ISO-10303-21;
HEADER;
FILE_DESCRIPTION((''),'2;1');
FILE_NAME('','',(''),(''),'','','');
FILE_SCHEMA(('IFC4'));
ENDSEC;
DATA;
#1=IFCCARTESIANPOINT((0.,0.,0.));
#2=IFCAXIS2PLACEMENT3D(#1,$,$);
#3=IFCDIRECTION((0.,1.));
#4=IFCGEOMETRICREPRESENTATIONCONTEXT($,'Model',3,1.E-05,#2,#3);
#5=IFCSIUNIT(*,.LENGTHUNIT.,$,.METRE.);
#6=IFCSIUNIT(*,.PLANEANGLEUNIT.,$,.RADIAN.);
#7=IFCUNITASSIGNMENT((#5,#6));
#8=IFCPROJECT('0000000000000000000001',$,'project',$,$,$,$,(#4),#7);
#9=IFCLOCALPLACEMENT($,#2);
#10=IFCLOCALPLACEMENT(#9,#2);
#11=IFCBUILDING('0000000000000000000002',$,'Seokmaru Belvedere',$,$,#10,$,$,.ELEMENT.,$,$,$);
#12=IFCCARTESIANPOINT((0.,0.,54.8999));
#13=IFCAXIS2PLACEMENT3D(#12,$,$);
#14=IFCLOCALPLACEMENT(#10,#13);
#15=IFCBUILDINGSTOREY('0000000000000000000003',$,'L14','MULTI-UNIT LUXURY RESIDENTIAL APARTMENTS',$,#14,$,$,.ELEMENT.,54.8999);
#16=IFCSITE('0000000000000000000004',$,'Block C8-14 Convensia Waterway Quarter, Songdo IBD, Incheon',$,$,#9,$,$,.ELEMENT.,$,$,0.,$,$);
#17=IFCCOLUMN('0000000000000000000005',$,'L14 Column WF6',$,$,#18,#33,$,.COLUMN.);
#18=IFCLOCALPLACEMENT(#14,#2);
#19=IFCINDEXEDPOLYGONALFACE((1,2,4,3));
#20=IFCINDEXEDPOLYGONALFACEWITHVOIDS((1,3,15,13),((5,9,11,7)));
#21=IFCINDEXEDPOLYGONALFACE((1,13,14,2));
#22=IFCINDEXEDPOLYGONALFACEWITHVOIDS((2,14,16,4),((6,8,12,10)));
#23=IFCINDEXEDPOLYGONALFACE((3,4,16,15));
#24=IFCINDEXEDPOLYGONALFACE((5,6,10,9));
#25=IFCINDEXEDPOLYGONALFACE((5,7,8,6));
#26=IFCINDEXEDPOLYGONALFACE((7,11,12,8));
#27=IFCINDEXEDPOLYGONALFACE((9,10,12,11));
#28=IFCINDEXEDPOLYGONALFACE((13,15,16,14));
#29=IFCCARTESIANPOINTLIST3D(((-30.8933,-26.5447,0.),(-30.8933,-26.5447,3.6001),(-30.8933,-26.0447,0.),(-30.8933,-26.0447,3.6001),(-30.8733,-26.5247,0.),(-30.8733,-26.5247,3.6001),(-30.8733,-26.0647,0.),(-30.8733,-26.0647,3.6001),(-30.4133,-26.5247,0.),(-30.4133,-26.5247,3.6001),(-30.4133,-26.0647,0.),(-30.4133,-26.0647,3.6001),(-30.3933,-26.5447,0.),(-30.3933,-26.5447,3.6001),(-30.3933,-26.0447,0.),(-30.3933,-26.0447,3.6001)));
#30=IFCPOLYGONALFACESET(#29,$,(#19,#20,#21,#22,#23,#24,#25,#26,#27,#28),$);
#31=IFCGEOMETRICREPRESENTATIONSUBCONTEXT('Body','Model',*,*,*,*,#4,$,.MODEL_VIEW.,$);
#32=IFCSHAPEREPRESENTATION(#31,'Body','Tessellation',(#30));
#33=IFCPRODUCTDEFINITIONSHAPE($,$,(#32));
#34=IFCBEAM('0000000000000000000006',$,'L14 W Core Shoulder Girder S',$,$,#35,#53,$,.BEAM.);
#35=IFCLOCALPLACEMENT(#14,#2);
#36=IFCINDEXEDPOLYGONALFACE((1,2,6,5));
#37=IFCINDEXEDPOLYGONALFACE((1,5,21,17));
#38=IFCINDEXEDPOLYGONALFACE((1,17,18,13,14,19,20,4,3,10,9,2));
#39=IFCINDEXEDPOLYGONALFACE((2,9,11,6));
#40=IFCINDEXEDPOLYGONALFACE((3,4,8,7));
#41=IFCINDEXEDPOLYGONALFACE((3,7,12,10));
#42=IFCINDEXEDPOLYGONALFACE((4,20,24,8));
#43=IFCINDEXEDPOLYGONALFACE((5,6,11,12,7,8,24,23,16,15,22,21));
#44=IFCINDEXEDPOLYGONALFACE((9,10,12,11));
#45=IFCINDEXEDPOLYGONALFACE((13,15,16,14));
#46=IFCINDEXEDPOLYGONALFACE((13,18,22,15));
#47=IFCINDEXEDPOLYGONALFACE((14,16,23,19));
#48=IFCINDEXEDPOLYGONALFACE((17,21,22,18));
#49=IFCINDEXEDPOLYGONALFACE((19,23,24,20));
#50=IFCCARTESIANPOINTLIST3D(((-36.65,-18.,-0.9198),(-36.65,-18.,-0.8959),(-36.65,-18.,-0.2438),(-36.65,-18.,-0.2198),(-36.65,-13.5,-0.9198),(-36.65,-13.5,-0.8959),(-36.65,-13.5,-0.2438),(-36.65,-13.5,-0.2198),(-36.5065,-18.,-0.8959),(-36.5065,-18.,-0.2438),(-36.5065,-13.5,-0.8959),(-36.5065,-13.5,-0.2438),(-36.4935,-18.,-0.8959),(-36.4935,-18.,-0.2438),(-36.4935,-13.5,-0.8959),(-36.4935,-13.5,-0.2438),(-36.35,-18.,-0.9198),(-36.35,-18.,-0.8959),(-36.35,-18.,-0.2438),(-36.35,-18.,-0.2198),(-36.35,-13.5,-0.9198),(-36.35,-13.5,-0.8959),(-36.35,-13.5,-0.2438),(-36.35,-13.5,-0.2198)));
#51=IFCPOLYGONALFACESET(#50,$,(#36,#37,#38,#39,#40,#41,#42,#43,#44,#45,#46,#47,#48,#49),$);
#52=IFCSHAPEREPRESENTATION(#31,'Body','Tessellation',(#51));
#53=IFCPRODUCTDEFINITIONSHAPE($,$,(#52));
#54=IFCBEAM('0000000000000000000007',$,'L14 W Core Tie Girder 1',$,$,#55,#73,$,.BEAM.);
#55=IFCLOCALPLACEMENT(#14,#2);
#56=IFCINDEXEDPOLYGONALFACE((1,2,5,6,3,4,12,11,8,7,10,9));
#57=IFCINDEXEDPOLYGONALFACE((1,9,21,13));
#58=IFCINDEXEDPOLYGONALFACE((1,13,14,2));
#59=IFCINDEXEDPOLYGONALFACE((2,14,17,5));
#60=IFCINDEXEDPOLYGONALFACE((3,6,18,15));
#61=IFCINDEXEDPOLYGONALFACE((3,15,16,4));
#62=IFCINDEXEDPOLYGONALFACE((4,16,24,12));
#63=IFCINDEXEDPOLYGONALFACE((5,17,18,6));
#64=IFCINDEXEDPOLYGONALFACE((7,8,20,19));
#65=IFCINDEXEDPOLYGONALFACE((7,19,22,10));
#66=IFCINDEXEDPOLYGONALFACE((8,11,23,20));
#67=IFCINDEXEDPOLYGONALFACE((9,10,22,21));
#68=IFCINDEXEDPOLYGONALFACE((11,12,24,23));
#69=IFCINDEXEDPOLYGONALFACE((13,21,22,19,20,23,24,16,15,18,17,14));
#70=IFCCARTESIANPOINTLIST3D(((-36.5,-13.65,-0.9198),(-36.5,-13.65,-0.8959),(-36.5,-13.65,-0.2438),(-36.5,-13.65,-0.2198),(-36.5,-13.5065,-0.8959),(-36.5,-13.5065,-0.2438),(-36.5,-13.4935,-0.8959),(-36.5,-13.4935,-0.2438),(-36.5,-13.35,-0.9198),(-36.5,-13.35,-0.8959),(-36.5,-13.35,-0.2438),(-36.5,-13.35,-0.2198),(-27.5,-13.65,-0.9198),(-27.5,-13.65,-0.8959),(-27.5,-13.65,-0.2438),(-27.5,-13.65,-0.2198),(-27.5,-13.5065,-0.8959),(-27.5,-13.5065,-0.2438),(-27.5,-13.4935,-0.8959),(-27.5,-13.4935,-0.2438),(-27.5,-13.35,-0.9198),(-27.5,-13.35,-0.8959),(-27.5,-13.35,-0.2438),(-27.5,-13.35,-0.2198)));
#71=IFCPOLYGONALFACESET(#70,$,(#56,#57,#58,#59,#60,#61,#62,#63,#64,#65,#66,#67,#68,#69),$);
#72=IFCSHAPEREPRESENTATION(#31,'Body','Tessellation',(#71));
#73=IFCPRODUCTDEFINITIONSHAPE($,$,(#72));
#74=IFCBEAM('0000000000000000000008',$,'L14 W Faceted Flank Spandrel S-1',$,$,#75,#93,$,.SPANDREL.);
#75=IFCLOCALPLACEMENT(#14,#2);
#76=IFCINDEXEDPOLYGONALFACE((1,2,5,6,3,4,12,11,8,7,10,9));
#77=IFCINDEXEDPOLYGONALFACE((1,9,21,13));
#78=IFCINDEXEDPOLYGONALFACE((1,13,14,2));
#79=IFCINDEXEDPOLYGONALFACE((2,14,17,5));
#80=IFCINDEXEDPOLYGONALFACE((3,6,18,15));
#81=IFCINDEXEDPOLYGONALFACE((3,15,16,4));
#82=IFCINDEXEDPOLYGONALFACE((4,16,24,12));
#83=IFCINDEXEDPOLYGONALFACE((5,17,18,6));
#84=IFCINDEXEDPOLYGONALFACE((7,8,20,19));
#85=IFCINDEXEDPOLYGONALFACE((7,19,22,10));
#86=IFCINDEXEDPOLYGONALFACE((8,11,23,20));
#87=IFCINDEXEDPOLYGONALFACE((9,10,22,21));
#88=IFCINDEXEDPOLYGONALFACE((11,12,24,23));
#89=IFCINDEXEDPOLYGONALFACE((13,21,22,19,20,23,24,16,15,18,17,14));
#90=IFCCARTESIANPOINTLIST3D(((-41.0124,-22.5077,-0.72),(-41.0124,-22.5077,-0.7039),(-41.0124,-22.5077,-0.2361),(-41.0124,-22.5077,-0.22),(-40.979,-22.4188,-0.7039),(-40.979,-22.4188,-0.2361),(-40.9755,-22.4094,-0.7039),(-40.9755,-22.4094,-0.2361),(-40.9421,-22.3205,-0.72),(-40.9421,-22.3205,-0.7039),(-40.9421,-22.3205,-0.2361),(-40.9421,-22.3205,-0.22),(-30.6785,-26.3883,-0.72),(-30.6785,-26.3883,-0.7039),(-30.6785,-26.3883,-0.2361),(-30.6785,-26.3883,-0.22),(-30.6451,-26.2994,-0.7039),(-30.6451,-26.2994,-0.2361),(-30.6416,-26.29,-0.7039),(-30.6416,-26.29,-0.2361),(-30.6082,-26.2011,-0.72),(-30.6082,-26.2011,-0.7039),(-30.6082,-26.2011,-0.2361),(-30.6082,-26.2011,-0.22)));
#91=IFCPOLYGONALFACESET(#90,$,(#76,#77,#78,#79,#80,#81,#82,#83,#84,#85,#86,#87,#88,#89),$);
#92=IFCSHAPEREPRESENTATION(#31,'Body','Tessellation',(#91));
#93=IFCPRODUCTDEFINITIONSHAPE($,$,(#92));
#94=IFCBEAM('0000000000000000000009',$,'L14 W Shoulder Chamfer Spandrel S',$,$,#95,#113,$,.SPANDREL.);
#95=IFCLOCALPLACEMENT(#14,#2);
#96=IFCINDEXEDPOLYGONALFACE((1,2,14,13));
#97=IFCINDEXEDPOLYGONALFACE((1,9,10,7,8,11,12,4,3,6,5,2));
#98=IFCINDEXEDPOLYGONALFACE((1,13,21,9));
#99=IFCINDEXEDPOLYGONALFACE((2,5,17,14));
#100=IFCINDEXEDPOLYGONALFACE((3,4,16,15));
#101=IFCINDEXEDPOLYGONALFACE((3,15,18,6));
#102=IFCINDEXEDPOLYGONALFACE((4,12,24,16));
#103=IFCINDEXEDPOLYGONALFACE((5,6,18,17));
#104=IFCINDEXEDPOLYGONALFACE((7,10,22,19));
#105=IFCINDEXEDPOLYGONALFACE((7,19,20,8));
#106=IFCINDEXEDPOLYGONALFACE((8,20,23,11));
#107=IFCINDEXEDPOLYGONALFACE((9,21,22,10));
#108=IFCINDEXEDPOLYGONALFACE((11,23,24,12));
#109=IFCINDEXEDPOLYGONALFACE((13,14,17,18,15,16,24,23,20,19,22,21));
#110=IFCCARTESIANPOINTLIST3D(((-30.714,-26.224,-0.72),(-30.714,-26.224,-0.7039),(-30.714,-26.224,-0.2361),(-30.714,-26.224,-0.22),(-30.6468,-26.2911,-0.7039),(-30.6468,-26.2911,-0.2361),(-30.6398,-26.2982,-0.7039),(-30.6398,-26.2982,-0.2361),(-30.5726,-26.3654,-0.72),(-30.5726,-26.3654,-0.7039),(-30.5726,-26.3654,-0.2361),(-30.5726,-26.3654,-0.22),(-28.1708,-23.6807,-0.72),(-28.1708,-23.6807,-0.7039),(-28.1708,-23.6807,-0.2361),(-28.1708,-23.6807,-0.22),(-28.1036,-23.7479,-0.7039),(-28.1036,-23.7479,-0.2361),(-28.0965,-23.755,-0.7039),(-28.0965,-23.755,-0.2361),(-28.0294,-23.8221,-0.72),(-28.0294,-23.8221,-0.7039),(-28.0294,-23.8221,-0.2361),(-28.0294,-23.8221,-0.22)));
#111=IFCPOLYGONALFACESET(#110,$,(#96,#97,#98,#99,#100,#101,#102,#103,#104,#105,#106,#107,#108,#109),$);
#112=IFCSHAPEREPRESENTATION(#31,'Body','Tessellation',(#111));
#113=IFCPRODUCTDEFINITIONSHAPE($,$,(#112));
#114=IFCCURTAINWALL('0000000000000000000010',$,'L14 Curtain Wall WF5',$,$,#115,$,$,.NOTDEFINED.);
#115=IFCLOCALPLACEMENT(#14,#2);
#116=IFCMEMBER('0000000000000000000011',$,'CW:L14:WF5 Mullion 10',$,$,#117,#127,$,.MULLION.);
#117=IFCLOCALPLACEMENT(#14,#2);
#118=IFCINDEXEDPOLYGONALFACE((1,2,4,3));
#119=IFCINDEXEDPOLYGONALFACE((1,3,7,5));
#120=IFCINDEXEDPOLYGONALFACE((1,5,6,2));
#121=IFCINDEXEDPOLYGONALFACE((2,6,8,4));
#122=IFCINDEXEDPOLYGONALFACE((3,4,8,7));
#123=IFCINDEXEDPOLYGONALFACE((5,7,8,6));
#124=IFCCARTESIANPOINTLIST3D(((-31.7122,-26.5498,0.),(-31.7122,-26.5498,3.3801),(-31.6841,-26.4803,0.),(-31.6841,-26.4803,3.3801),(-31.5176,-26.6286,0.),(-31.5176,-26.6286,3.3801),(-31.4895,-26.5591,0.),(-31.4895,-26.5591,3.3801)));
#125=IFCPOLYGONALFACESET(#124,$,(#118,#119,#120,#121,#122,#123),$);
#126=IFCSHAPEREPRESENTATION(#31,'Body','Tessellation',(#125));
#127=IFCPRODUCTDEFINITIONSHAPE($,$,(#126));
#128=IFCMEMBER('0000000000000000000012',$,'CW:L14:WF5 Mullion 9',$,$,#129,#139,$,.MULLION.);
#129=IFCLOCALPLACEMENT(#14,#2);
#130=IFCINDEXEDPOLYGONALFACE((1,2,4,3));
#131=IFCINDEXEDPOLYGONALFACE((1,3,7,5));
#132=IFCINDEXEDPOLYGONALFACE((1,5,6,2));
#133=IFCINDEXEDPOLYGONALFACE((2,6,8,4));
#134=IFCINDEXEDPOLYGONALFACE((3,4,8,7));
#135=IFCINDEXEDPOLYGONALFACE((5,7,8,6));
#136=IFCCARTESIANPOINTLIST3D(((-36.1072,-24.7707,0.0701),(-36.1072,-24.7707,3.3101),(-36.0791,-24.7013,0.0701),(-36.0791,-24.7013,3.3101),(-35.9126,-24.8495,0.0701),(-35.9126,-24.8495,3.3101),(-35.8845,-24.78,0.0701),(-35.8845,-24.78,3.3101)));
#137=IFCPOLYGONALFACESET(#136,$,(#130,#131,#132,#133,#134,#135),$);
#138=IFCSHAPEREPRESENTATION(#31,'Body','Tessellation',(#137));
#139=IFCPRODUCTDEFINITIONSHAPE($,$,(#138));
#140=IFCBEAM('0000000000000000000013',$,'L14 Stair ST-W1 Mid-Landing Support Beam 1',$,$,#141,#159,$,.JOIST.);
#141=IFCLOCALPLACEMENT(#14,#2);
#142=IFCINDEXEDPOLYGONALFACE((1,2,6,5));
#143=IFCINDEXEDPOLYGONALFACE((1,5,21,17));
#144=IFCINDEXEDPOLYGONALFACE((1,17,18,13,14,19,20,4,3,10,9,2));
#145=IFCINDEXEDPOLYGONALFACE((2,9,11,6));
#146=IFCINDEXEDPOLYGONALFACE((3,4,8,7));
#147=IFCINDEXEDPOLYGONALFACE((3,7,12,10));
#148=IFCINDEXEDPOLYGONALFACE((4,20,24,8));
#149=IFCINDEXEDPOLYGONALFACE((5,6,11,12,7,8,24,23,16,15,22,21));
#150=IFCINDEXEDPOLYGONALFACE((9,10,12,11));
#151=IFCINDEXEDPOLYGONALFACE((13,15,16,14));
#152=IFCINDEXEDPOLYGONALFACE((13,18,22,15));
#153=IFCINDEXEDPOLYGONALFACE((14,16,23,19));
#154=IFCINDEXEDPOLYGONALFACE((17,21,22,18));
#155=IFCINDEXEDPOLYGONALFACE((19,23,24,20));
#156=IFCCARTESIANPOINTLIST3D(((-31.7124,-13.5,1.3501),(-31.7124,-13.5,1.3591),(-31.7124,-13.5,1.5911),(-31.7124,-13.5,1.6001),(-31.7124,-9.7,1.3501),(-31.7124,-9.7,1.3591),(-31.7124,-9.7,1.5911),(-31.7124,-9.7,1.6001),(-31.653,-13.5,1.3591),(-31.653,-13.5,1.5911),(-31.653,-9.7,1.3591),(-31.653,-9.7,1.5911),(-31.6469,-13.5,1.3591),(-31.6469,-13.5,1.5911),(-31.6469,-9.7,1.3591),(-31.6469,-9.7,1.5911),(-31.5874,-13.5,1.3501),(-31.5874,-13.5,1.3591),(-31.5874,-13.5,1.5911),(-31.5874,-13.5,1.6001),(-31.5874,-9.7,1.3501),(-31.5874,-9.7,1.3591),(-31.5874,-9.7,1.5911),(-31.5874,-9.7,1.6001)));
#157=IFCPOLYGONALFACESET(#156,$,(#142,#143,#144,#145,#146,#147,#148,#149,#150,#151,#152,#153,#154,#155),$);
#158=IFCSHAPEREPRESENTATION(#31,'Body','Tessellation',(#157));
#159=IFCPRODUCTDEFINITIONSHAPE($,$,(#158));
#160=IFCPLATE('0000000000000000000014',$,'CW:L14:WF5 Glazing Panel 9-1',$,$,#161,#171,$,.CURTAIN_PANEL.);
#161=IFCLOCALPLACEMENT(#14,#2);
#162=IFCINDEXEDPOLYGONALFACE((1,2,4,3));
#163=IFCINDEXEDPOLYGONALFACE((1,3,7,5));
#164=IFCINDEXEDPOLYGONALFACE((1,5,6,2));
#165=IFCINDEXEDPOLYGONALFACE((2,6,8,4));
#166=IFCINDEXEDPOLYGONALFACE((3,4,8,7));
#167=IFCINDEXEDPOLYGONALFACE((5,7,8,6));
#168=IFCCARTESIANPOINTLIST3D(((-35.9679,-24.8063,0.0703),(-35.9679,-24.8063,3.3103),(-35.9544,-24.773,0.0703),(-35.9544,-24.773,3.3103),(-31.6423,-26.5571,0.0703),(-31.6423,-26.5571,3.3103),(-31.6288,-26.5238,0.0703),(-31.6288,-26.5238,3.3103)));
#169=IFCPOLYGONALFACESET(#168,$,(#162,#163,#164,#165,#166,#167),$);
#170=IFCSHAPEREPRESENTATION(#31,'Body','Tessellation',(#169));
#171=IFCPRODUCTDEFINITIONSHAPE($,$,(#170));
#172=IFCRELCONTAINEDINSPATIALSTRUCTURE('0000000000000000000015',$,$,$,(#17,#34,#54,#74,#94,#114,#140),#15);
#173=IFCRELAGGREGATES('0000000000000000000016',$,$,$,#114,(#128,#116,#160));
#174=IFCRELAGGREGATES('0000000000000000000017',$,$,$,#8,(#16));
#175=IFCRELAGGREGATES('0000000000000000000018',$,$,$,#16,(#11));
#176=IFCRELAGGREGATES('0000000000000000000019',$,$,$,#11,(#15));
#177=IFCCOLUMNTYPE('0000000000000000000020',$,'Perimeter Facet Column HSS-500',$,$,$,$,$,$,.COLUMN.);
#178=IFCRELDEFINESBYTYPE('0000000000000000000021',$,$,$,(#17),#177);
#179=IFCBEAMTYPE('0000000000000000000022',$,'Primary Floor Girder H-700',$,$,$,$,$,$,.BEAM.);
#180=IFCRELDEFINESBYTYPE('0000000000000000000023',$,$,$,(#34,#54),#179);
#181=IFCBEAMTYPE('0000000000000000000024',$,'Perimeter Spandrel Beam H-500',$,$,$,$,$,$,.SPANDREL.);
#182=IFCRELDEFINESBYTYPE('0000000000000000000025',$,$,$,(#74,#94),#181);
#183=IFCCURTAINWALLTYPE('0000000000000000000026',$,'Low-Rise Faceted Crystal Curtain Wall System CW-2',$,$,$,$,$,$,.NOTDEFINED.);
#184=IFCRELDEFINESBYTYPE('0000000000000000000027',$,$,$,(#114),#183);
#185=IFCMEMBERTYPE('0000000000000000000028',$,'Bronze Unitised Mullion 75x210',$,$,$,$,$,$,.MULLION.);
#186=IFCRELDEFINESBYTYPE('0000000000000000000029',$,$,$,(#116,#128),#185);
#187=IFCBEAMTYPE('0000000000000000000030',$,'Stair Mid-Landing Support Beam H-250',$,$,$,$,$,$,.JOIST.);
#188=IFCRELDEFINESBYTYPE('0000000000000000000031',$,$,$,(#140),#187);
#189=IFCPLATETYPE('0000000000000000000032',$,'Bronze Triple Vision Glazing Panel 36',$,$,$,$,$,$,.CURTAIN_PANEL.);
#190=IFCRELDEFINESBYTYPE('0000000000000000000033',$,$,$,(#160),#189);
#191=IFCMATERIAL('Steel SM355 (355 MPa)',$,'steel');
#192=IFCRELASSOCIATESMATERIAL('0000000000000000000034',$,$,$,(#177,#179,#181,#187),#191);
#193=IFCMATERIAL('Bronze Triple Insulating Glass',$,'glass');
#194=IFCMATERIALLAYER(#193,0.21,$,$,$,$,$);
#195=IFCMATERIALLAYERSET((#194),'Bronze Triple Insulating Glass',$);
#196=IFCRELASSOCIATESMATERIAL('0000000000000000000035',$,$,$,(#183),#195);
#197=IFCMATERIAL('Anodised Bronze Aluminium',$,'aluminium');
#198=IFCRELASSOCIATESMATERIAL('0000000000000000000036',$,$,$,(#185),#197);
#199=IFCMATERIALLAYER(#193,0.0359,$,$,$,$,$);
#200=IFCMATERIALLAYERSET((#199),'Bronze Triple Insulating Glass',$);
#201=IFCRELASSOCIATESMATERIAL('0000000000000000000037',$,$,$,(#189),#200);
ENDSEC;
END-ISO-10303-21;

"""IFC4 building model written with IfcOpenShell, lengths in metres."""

from ifc_helpers import new_model, si_unit, direction, frame, origin, origin_2d, place, context, subcontext, project, spatial, rectangle, hollow_rectangle, i_section, extrude, source, transform, mapped, material, layer, layer_set, material_profile, profile_set, type_object, type_shapes, element, aggregate, save


model = new_model("IFC4")

# Units and contexts
model_context = context("Model", 3, precision=1e-05, world=origin(), true_north=direction((0.0, 1.0)))
body_context = subcontext(model_context, "Body", "Model", "MODEL_VIEW")
ifc_project = project(units=[si_unit("LENGTHUNIT", "METRE"), si_unit("PLANEANGLEUNIT", "RADIAN")], contexts=[model_context])

# Site, building, storey
site_placement = place(None, origin())
site = spatial("IfcSite", under=ifc_project, at=site_placement, Name="Block C8-14 Convensia Waterway Quarter, Songdo IBD, Incheon", CompositionType="ELEMENT", RefElevation=0.0)
building_placement = place(site_placement, origin())
building = spatial("IfcBuilding", under=site, at=building_placement, Name="Seokmaru Belvedere", CompositionType="ELEMENT")
storey_placement = place(building_placement, frame((0.0, 0.0, 54.8999)))
storey = spatial("IfcBuildingStorey", under=building, at=storey_placement, Name="L14", Description="MULTI-UNIT LUXURY RESIDENTIAL APARTMENTS", CompositionType="ELEMENT", Elevation=54.8999)

# Column
ifc_material_1 = material(Name="Steel SM355 (355 MPa)", Category="steel")
ifc_material_profile_1 = material_profile(ifc_material_1, hollow_rectangle(XDim=0.5, YDim=0.5, WallThickness=0.02, at=origin_2d()), Name="HSS-500x500x20")
ifc_profile_set_1 = profile_set([ifc_material_profile_1], Name="Steel SM355 (355 MPa)")
column_type = type_object("IfcColumnType", Name="Perimeter Facet Column HSS-500", PredefinedType="COLUMN", material=ifc_profile_set_1)
shared_shape_1 = source(origin(), body_context, "Body", "SweptSolid", [
    extrude(hollow_rectangle(XDim=0.5, YDim=0.5, WallThickness=0.02, at=origin_2d()), origin(), (0.0, 0.0, 1.0), 3.6001),
])
type_shapes(column_type, [shared_shape_1])
column_placement = place(storey_placement, frame((-30.6433, -26.2947, 0.0), z_axis=(0.0, 0.0, 1.0), x_axis=(1.0, 0.0, 0.0)))
element("IfcColumn", 1, at=column_placement, inside=storey, type_object=column_type, Name="L14 Column WF6", PredefinedType="COLUMN", context=body_context, shape_type="MappedRepresentation", body=[
    mapped(shared_shape_1, transform((0.0, 0.0, 0.0), scale=1.0)),
])

# Beams
ifc_material_profile_2 = material_profile(ifc_material_1, i_section(OverallWidth=0.3, OverallDepth=0.7, WebThickness=0.0129, FlangeThickness=0.0239, at=origin_2d()), Name="H-700x300x13x24")
ifc_profile_set_2 = profile_set([ifc_material_profile_2], Name="Steel SM355 (355 MPa)")
beam_type_1 = type_object("IfcBeamType", Name="Primary Floor Girder H-700", PredefinedType="BEAM", material=ifc_profile_set_2)
shared_shape_2 = source(origin(), body_context, "Body", "SweptSolid", [
    extrude(i_section(OverallWidth=0.3, OverallDepth=0.7, WebThickness=0.0129, FlangeThickness=0.0239, at=origin_2d()), origin(), (0.0, 0.0, 1.0), 4.5),
])
beam_1_placement = place(storey_placement, frame((-36.5, -18.0, -0.5698), z_axis=(0.0, 1.0, 0.0), x_axis=(-1.0, 0.0, 0.0)))
element("IfcBeam", 2, at=beam_1_placement, inside=storey, type_object=beam_type_1, Name="L14 W Core Shoulder Girder S", PredefinedType="BEAM", context=body_context, shape_type="MappedRepresentation", body=[
    mapped(shared_shape_2, transform((0.0, 0.0, 0.0), scale=1.0)),
])
shared_shape_3 = source(origin(), body_context, "Body", "SweptSolid", [
    extrude(i_section(OverallWidth=0.3, OverallDepth=0.7, WebThickness=0.0129, FlangeThickness=0.0239, at=origin_2d()), origin(), (0.0, 0.0, 1.0), 9.0),
])
type_shapes(beam_type_1, [shared_shape_2, shared_shape_3])
beam_2_placement = place(storey_placement, frame((-36.5, -13.5, -0.5698), z_axis=(1.0, 0.0, 0.0), x_axis=(0.0, 1.0, 0.0)))
element("IfcBeam", 3, at=beam_2_placement, inside=storey, type_object=beam_type_1, Name="L14 W Core Tie Girder 1", PredefinedType="BEAM", context=body_context, shape_type="MappedRepresentation", body=[
    mapped(shared_shape_3, transform((0.0, 0.0, 0.0), scale=1.0)),
])
ifc_material_profile_3 = material_profile(ifc_material_1, i_section(OverallWidth=0.2, OverallDepth=0.5, WebThickness=0.01, FlangeThickness=0.0161, at=origin_2d()), Name="H-500x200x10x16")
ifc_profile_set_3 = profile_set([ifc_material_profile_3], Name="Steel SM355 (355 MPa)")
beam_type_2 = type_object("IfcBeamType", Name="Perimeter Spandrel Beam H-500", PredefinedType="SPANDREL", material=ifc_profile_set_3)
shared_shape_4 = source(origin(), body_context, "Body", "SweptSolid", [
    extrude(i_section(OverallWidth=0.2, OverallDepth=0.5, WebThickness=0.01, FlangeThickness=0.0161, at=origin_2d()), origin(), (0.0, 0.0, 1.0), 11.0386),
])
beam_3_placement = place(storey_placement, frame((-30.6433, -26.2947, -0.47), z_axis=(-0.936169, 0.35155, 0.0), x_axis=(-0.35155, -0.936169, 0.0)))
element("IfcBeam", 4, at=beam_3_placement, inside=storey, type_object=beam_type_2, Name="L14 W Faceted Flank Spandrel S-1", PredefinedType="SPANDREL", context=body_context, shape_type="MappedRepresentation", body=[
    mapped(shared_shape_4, transform((0.0, 0.0, 0.0), scale=1.0)),
])
shared_shape_5 = source(origin(), body_context, "Body", "SweptSolid", [
    extrude(i_section(OverallWidth=0.2, OverallDepth=0.5, WebThickness=0.01, FlangeThickness=0.0161, at=origin_2d()), origin(), (0.0, 0.0, 1.0), 3.5967),
])
type_shapes(beam_type_2, [shared_shape_4, shared_shape_5])
beam_4_placement = place(storey_placement, frame((-30.6433, -26.2947, -0.47), z_axis=(0.707107, 0.707107, 0.0), x_axis=(-0.707107, 0.707107, 0.0)))
element("IfcBeam", 5, at=beam_4_placement, inside=storey, type_object=beam_type_2, Name="L14 W Shoulder Chamfer Spandrel S", PredefinedType="SPANDREL", context=body_context, shape_type="MappedRepresentation", body=[
    mapped(shared_shape_5, transform((0.0, 0.0, 0.0), scale=1.0)),
])

# Curtain wall, members
ifc_material_2 = material(Name="Bronze Triple Insulating Glass", Category="glass")
ifc_layer_1 = layer(ifc_material_2, 0.21)
ifc_layer_set_1 = layer_set([ifc_layer_1], Name="Bronze Triple Insulating Glass")
curtain_wall_type = type_object("IfcCurtainWallType", Name="Low-Rise Faceted Crystal Curtain Wall System CW-2", PredefinedType="NOTDEFINED", material=ifc_layer_set_1)
curtain_wall_placement = place(storey_placement, origin())
curtain_wall = element("IfcCurtainWall", 6, at=curtain_wall_placement, inside=storey, type_object=curtain_wall_type, Name="L14 Curtain Wall WF5", PredefinedType="NOTDEFINED")
ifc_material_3 = material(Name="Anodised Bronze Aluminium", Category="aluminium")
ifc_material_profile_4 = material_profile(ifc_material_3, rectangle(XDim=0.075, YDim=0.21, at=origin_2d()), Name="CW-M-75x210")
ifc_profile_set_4 = profile_set([ifc_material_profile_4], Name="Anodised Bronze Aluminium")
member_type = type_object("IfcMemberType", Name="Bronze Unitised Mullion 75x210", PredefinedType="MULLION", material=ifc_profile_set_4)
shared_shape_6 = source(origin(), body_context, "Body", "SweptSolid", [
    extrude(rectangle(XDim=0.075, YDim=0.21, at=origin_2d()), origin(), (0.0, 0.0, 1.0), 3.3801),
])
member_1_placement = place(storey_placement, frame((-31.6008, -26.5544, 0.0), z_axis=(0.0, 0.0, 1.0), x_axis=(0.375192, 0.926947, 0.0)))
member_1 = element("IfcMember", 7, at=member_1_placement, type_object=member_type, Name="CW:L14:WF5 Mullion 10", PredefinedType="MULLION", context=body_context, shape_type="MappedRepresentation", body=[
    mapped(shared_shape_6, transform((0.0, 0.0, 0.0), scale=1.0)),
])
shared_shape_7 = source(origin(), body_context, "Body", "SweptSolid", [
    extrude(rectangle(XDim=0.075, YDim=0.21, at=origin_2d()), origin(), (0.0, 0.0, 1.0), 3.24),
])
type_shapes(member_type, [shared_shape_6, shared_shape_7])
member_2_placement = place(storey_placement, frame((-35.9958, -24.7754, 0.0701), z_axis=(0.0, 0.0, 1.0), x_axis=(0.375192, 0.926947, 0.0)))
member_2 = element("IfcMember", 8, at=member_2_placement, type_object=member_type, Name="CW:L14:WF5 Mullion 9", PredefinedType="MULLION", context=body_context, shape_type="MappedRepresentation", body=[
    mapped(shared_shape_7, transform((0.0, 0.0, 0.0), scale=1.0)),
])

# Beam
ifc_material_profile_5 = material_profile(ifc_material_1, i_section(OverallWidth=0.125, OverallDepth=0.25, WebThickness=0.0061, FlangeThickness=0.009, at=origin_2d()), Name="H-250x125x6x9")
ifc_profile_set_5 = profile_set([ifc_material_profile_5], Name="Steel SM355 (355 MPa)")
beam_type_3 = type_object("IfcBeamType", Name="Stair Mid-Landing Support Beam H-250", PredefinedType="JOIST", material=ifc_profile_set_5)
shared_shape_8 = source(origin(), body_context, "Body", "SweptSolid", [
    extrude(i_section(OverallWidth=0.125, OverallDepth=0.25, WebThickness=0.0061, FlangeThickness=0.009, at=origin_2d()), origin(), (0.0, 0.0, 1.0), 3.8),
])
type_shapes(beam_type_3, [shared_shape_8])
beam_5_placement = place(storey_placement, frame((-31.6499, -13.5, 1.4751), z_axis=(0.0, 1.0, 0.0), x_axis=(-1.0, 0.0, 0.0)))
element("IfcBeam", 9, at=beam_5_placement, inside=storey, type_object=beam_type_3, Name="L14 Stair ST-W1 Mid-Landing Support Beam 1", PredefinedType="JOIST", context=body_context, shape_type="MappedRepresentation", body=[
    mapped(shared_shape_8, transform((0.0, 0.0, 0.0), scale=1.0)),
])

# Plate
ifc_layer_2 = layer(ifc_material_2, 0.0359)
ifc_layer_set_2 = layer_set([ifc_layer_2], Name="Bronze Triple Insulating Glass")
plate_type = type_object("IfcPlateType", Name="Bronze Triple Vision Glazing Panel 36", PredefinedType="CURTAIN_PANEL", material=ifc_layer_set_2)
shared_shape_9 = source(origin(), body_context, "Body", "SweptSolid", [
    extrude(rectangle(XDim=4.6665, YDim=0.0359, at=origin_2d()), origin(), (0.0, 0.0, 1.0), 3.24),
])
type_shapes(plate_type, [shared_shape_9])
plate_placement = place(storey_placement, frame((-33.7983, -25.665, 0.0703), z_axis=(0.0, 0.0, 1.0), x_axis=(0.926947, -0.375192, 0.0)))
plate = element("IfcPlate", 10, at=plate_placement, type_object=plate_type, Name="CW:L14:WF5 Glazing Panel 9-1", PredefinedType="CURTAIN_PANEL", context=body_context, shape_type="MappedRepresentation", body=[
    mapped(shared_shape_9, transform((0.0, 0.0, 0.0), scale=1.0)),
])
aggregate(curtain_wall, [member_2, member_1, plate])

save(model, "model.ifc")
